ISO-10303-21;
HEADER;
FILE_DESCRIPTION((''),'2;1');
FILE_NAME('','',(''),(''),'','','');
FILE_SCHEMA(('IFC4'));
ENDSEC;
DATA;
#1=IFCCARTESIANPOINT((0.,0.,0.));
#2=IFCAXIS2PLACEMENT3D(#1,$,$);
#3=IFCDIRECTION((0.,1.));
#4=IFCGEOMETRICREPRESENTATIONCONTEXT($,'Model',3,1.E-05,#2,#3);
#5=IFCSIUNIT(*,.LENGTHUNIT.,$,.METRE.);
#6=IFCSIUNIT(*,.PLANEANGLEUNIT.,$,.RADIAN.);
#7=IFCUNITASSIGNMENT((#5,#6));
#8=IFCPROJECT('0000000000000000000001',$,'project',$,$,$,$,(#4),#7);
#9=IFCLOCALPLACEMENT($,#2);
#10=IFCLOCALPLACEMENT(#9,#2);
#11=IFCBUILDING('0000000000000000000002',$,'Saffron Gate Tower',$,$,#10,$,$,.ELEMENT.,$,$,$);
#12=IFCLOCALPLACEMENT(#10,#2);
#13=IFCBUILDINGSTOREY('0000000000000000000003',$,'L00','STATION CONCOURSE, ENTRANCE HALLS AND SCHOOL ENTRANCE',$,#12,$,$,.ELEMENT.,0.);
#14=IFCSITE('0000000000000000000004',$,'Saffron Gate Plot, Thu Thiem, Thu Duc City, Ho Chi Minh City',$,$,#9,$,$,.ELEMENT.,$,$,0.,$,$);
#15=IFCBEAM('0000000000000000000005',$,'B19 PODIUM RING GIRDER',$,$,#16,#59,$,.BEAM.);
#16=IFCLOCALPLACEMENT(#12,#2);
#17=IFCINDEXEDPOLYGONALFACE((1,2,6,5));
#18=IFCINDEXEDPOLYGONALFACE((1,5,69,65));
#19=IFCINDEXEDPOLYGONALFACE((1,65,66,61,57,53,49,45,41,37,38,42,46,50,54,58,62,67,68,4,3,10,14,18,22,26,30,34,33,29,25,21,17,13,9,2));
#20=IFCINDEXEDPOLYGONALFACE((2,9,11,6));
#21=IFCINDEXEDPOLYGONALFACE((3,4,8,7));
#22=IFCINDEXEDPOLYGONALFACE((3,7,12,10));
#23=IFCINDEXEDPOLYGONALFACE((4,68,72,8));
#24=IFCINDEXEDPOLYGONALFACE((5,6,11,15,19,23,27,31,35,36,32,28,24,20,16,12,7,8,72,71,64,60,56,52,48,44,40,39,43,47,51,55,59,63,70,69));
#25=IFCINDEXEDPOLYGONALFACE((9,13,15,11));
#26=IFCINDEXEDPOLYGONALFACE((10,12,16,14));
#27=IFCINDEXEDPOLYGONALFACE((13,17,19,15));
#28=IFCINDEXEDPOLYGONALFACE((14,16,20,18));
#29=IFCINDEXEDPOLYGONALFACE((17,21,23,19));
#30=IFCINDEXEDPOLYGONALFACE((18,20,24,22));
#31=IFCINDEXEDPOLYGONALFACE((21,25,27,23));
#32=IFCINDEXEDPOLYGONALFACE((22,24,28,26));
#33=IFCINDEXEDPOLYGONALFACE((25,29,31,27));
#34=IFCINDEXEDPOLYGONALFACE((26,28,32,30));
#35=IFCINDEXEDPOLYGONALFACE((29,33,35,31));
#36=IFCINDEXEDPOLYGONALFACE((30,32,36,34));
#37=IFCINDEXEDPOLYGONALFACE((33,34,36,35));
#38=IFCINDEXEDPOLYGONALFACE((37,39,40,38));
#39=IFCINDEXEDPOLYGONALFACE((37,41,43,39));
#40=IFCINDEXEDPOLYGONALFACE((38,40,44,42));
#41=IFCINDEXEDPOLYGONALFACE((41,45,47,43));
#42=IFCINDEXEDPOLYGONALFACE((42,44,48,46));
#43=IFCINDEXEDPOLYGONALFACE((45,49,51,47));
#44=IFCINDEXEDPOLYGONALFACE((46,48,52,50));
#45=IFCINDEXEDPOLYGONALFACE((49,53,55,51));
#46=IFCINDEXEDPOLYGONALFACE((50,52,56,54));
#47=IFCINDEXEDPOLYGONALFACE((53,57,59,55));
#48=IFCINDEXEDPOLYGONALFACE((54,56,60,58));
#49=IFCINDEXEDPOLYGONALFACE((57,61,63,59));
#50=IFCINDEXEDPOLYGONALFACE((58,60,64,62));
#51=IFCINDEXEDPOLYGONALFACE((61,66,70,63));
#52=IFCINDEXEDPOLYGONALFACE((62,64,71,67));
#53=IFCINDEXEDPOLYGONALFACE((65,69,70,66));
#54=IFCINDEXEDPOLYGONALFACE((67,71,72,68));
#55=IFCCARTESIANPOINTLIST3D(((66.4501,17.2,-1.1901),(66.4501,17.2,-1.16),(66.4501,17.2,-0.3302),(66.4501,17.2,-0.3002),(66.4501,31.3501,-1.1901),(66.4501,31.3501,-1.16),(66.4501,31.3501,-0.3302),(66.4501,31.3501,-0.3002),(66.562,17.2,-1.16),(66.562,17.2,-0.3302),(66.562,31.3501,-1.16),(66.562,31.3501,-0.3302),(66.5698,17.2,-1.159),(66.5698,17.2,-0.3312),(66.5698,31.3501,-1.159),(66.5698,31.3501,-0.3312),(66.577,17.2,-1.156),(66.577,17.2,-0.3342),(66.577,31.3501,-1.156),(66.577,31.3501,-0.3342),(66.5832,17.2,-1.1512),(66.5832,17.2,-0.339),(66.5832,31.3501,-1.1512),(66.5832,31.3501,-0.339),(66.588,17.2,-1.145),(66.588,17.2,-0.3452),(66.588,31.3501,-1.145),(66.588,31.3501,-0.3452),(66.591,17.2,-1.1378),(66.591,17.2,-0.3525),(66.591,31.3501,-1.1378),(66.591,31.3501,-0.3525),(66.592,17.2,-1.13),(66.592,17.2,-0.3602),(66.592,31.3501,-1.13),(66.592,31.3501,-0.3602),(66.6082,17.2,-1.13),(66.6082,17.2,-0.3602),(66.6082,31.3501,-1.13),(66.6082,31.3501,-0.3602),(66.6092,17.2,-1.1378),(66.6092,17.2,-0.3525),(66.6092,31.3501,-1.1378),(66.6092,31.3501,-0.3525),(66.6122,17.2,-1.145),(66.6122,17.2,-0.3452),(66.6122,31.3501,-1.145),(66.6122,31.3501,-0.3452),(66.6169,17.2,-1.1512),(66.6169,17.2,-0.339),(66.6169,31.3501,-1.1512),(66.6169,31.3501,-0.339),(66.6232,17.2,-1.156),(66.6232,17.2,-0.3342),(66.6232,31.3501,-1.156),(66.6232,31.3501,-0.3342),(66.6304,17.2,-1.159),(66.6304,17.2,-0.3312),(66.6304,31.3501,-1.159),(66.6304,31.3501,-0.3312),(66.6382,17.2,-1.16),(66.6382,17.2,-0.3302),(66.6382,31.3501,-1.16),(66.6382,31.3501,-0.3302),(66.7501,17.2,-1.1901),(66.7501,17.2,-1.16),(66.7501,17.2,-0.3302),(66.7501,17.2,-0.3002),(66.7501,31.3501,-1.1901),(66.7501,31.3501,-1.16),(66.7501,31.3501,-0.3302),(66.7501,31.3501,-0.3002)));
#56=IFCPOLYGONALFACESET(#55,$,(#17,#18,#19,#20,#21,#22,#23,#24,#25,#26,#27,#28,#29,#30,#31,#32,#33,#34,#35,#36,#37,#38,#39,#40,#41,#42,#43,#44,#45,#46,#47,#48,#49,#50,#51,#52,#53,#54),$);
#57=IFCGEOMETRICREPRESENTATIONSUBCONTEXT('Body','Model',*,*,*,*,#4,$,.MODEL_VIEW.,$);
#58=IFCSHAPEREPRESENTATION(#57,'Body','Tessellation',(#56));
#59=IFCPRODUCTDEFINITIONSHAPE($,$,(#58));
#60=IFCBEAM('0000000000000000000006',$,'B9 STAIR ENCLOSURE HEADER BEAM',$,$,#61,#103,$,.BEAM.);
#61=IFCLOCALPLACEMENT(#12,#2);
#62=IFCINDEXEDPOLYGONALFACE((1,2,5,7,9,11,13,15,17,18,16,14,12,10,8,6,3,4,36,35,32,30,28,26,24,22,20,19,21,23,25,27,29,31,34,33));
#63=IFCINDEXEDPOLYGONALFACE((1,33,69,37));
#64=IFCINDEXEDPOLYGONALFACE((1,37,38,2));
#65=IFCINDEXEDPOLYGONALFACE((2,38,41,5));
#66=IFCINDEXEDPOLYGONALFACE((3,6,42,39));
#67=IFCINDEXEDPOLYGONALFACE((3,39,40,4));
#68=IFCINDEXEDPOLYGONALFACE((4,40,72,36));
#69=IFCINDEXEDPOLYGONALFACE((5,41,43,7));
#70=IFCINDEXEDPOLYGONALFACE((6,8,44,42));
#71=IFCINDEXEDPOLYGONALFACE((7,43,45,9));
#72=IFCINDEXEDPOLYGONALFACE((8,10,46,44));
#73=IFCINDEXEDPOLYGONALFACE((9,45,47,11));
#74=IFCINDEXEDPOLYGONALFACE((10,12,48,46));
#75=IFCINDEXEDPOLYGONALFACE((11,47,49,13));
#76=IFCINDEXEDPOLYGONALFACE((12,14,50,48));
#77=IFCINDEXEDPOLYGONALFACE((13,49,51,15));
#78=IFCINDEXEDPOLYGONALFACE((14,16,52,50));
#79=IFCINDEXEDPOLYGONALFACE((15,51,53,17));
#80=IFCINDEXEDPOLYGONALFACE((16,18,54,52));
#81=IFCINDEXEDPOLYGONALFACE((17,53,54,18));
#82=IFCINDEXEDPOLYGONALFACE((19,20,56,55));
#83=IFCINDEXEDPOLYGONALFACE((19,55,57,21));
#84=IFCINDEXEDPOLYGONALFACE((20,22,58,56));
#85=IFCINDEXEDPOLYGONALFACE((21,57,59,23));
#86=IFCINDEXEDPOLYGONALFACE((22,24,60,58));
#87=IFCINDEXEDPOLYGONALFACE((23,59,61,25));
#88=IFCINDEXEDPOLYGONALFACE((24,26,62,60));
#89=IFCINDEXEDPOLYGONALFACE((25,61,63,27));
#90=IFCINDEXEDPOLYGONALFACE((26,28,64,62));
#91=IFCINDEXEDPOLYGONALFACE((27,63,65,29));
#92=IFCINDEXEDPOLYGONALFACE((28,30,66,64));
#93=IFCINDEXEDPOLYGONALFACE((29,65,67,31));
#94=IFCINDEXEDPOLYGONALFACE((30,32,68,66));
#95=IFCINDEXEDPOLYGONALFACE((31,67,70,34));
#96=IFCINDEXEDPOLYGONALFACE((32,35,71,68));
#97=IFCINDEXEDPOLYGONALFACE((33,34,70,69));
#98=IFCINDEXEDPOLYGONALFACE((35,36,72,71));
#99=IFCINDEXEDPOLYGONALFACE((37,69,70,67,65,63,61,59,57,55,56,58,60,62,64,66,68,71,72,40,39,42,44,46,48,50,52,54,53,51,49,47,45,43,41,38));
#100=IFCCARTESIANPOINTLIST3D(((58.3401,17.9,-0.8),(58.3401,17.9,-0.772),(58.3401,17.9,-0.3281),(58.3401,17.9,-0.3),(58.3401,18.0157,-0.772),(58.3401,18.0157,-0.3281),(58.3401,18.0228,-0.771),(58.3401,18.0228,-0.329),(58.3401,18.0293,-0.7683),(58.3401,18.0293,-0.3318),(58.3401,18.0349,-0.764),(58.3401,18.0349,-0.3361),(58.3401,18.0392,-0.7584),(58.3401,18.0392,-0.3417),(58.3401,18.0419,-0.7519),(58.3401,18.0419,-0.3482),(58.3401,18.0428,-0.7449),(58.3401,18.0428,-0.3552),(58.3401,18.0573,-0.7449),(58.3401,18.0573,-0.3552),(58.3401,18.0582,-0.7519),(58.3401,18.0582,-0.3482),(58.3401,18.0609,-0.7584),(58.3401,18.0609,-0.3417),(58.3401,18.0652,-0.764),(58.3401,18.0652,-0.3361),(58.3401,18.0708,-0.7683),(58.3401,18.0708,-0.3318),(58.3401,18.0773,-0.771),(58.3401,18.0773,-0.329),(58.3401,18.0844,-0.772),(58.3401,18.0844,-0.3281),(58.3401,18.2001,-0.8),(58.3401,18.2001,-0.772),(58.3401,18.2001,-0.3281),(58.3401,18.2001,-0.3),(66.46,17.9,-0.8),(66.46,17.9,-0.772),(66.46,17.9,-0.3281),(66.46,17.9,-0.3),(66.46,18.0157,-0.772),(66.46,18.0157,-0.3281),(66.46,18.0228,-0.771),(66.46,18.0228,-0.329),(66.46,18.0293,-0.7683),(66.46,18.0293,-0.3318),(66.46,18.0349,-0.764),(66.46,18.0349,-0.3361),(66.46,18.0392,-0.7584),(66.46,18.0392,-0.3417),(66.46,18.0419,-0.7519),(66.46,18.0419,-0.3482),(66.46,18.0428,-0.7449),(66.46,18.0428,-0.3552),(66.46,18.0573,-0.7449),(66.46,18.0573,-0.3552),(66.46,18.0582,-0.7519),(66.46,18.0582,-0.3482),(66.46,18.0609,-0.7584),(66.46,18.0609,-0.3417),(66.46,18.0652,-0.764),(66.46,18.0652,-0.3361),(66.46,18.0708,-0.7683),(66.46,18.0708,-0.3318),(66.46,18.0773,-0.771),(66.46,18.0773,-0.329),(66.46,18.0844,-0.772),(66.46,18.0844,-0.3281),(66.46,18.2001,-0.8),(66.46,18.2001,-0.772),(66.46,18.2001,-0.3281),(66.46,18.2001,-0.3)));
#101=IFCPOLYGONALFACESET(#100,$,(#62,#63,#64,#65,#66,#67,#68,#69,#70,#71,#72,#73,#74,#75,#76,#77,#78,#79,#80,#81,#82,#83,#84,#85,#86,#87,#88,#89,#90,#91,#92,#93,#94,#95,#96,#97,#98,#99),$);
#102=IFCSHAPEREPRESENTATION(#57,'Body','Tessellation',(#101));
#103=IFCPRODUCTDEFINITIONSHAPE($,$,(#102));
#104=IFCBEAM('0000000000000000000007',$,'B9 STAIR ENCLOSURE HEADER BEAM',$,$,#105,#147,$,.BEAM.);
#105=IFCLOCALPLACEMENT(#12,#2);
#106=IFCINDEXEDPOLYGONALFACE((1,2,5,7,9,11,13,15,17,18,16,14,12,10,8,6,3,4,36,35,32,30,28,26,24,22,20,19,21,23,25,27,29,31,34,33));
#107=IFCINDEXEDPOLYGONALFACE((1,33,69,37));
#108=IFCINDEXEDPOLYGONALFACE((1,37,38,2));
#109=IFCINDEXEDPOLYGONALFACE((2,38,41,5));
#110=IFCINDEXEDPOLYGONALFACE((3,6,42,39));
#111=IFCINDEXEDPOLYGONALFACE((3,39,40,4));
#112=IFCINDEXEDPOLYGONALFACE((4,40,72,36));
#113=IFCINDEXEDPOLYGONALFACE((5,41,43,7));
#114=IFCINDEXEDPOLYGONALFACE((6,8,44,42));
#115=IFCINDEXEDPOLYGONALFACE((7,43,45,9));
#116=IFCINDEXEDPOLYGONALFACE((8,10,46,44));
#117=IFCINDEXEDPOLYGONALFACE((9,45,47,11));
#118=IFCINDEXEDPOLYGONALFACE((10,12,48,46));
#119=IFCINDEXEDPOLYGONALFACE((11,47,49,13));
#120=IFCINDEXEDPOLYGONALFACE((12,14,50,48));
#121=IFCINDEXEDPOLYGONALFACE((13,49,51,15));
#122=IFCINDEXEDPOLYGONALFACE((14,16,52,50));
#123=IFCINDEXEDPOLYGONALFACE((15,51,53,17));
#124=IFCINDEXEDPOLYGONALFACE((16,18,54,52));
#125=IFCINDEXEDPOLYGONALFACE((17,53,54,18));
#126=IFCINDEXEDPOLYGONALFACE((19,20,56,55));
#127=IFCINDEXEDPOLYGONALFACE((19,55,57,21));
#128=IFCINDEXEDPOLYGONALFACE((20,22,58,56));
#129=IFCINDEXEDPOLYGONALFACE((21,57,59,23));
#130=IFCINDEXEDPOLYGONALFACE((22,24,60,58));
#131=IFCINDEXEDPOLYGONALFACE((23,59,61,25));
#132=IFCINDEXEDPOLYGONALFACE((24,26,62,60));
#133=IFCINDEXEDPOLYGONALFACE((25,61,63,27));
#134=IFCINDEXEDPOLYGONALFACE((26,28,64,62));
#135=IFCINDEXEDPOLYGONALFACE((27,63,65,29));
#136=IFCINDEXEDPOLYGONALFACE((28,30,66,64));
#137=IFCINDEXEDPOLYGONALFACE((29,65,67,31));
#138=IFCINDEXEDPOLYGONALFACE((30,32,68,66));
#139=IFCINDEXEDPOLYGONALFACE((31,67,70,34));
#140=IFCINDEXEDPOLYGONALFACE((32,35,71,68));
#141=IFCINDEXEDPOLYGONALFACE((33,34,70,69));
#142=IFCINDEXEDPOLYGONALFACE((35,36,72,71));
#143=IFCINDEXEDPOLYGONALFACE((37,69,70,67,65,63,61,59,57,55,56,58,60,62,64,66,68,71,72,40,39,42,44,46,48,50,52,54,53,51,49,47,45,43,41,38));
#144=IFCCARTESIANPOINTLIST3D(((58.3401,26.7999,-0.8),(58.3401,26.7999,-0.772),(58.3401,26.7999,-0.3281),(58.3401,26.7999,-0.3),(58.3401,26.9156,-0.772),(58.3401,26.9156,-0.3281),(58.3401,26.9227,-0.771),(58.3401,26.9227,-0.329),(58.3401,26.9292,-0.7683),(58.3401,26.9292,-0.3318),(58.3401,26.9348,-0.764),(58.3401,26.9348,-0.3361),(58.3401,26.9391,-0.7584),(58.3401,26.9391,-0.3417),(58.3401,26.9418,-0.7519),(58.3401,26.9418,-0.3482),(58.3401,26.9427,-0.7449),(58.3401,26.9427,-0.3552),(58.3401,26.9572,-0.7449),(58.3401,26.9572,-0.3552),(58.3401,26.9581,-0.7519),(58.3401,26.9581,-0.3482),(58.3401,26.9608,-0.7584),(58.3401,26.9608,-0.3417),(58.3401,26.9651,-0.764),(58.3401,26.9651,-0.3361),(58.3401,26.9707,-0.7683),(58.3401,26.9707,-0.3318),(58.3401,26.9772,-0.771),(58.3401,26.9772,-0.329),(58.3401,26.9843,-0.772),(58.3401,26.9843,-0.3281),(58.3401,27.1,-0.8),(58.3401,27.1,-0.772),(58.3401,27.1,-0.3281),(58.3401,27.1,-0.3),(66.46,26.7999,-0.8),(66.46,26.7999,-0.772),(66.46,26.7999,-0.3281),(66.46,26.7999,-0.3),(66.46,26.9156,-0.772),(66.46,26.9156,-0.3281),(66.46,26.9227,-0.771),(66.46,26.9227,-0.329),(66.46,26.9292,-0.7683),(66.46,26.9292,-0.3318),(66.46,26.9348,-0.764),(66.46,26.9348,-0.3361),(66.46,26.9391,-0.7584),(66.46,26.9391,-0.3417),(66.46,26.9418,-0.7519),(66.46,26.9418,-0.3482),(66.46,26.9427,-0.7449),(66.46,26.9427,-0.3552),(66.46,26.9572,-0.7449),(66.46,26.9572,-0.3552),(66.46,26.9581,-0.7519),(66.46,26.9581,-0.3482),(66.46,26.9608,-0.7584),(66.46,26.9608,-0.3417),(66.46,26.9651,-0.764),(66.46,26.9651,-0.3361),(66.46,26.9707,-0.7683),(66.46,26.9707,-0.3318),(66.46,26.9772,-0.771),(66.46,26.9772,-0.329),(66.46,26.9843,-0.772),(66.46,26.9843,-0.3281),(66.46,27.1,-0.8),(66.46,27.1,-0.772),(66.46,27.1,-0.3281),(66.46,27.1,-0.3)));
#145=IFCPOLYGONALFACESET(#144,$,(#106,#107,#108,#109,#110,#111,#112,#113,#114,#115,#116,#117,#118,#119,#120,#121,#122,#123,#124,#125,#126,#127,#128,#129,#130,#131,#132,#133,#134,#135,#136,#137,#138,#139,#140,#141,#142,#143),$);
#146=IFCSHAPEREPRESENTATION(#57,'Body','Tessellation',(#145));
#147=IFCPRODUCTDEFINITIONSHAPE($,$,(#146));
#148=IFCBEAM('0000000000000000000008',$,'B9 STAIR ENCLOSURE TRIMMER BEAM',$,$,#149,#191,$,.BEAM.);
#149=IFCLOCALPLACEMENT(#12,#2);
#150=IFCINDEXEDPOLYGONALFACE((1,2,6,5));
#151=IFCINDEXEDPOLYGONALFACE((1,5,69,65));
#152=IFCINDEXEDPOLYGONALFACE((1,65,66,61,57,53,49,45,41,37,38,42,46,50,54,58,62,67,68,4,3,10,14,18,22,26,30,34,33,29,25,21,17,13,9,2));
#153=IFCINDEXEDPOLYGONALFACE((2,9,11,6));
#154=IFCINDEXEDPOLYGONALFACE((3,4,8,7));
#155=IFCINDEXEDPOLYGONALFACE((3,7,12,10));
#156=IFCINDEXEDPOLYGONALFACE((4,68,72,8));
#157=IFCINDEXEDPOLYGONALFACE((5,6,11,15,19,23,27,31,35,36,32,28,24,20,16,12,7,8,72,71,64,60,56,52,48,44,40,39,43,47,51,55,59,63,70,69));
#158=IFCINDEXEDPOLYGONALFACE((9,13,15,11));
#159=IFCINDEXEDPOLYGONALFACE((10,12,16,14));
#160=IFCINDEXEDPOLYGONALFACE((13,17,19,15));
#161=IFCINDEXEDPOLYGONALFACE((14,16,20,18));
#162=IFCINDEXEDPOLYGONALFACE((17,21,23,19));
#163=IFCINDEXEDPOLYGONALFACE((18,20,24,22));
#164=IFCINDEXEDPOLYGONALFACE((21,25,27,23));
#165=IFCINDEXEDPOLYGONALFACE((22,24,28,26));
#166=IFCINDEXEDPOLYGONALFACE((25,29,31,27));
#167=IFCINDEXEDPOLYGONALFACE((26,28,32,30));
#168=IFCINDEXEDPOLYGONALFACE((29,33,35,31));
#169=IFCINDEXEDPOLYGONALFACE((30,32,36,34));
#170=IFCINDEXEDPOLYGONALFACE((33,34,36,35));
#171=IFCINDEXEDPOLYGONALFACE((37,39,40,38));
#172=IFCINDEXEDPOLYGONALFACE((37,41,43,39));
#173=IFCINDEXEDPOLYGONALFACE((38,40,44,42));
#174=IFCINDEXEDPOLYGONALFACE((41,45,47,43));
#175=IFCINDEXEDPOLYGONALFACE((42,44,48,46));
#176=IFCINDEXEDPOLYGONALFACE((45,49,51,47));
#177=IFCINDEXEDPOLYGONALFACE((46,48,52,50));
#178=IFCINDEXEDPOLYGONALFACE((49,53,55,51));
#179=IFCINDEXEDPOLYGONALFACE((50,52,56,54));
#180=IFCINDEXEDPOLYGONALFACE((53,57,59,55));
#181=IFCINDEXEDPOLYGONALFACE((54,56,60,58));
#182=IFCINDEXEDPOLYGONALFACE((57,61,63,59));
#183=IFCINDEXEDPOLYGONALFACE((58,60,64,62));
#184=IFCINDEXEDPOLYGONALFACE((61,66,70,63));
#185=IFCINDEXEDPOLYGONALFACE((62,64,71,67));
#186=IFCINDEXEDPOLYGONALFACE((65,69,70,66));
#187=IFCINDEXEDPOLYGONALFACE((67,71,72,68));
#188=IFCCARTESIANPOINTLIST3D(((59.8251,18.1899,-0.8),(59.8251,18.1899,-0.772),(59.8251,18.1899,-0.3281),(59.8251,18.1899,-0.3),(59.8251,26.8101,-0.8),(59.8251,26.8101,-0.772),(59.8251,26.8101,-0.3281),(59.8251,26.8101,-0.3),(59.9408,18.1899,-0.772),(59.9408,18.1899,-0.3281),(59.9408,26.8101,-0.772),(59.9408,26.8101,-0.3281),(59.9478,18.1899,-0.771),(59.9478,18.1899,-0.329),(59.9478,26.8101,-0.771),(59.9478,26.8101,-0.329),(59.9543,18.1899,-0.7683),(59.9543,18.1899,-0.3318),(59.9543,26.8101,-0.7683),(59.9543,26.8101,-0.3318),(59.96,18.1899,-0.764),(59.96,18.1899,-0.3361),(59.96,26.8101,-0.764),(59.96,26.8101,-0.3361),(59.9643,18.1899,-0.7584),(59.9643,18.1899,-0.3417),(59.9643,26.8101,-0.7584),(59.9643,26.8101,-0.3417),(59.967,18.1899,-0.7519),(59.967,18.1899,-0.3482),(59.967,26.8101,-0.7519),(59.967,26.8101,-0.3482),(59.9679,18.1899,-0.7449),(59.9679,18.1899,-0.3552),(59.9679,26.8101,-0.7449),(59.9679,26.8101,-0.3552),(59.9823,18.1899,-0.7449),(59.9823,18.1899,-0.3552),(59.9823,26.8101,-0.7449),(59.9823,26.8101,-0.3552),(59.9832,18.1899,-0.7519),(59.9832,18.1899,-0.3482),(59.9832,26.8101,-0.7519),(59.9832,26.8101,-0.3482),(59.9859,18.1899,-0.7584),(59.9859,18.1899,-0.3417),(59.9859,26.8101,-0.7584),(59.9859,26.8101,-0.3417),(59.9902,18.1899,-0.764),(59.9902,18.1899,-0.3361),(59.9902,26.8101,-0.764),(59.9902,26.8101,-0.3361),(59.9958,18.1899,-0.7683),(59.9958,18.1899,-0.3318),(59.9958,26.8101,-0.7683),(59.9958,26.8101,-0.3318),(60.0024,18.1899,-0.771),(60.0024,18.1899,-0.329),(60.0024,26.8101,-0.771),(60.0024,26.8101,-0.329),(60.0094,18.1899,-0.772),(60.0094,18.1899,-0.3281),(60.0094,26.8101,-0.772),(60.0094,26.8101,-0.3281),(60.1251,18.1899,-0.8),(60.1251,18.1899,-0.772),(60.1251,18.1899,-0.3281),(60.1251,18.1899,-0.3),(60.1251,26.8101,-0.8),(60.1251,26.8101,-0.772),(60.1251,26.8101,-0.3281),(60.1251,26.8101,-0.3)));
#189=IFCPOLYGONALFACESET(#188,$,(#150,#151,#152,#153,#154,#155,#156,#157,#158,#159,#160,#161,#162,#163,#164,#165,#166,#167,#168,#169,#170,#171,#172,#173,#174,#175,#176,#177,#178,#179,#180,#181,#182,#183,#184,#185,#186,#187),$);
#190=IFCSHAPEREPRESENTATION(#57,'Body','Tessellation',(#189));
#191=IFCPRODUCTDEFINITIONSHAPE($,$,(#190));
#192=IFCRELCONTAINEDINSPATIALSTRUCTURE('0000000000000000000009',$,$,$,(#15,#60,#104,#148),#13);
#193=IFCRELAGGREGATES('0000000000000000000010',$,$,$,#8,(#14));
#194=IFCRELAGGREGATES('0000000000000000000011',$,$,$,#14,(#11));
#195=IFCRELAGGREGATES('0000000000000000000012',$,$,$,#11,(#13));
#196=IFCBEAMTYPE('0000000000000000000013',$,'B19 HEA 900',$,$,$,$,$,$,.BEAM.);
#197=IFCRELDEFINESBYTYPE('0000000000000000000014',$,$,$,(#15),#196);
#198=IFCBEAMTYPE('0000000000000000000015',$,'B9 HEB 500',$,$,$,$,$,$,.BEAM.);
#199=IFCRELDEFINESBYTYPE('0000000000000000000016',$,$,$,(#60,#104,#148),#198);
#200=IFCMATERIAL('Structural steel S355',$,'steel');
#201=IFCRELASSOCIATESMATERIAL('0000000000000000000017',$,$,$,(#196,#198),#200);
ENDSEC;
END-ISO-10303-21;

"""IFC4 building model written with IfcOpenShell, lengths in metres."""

from ifc_helpers import new_model, si_unit, direction, frame, origin, origin_2d, place, context, subcontext, project, spatial, i_section, extrude, material, material_profile, profile_set, type_object, element, save


model = new_model("IFC4")

# Units and contexts
model_context = context("Model", 3, precision=1e-05, world=origin(), true_north=direction((0.0, 1.0)))
body_context = subcontext(model_context, "Body", "Model", "MODEL_VIEW")
ifc_project = project(units=[si_unit("LENGTHUNIT", "METRE"), si_unit("PLANEANGLEUNIT", "RADIAN")], contexts=[model_context])

# Site, building, storey
site_placement = place(None, origin())
site = spatial("IfcSite", under=ifc_project, at=site_placement, Name="Saffron Gate Plot, Thu Thiem, Thu Duc City, Ho Chi Minh City", CompositionType="ELEMENT", RefElevation=0.0)
building_placement = place(site_placement, origin())
building = spatial("IfcBuilding", under=site, at=building_placement, Name="Saffron Gate Tower", CompositionType="ELEMENT")
storey_placement = place(building_placement, origin())
storey = spatial("IfcBuildingStorey", under=building, at=storey_placement, Name="L00", Description="STATION CONCOURSE, ENTRANCE HALLS AND SCHOOL ENTRANCE", CompositionType="ELEMENT", Elevation=0.0)

# Beams
ifc_material_1 = material(Name="Structural steel S355", Category="steel")
ifc_material_profile_1 = material_profile(ifc_material_1, i_section(OverallWidth=0.3, OverallDepth=0.8899, WebThickness=0.0161, FlangeThickness=0.03, FilletRadius=0.03, at=origin_2d()))
ifc_profile_set_1 = profile_set([ifc_material_profile_1], Name="Structural steel S355")
beam_type_1 = type_object("IfcBeamType", Name="B19 HEA 900", PredefinedType="BEAM", material=ifc_profile_set_1)
beam_1_placement = place(storey_placement, frame((66.6001, 17.2, -0.7451), z_axis=(0.0, 1.0, 0.0), x_axis=(-1.0, 0.0, 0.0)))
element("IfcBeam", 1, at=beam_1_placement, inside=storey, type_object=beam_type_1, Name="B19 PODIUM RING GIRDER", PredefinedType="BEAM", context=body_context, shape_type="SweptSolid", body=[
    extrude(i_section(OverallWidth=0.3, OverallDepth=0.8899, WebThickness=0.0161, FlangeThickness=0.03, FilletRadius=0.03, at=origin_2d()), origin(), (0.0, 0.0, 1.0), 14.1501),
])
ifc_material_profile_2 = material_profile(ifc_material_1, i_section(OverallWidth=0.3, OverallDepth=0.5, WebThickness=0.0144, FlangeThickness=0.0281, FilletRadius=0.0271, at=origin_2d()))
ifc_profile_set_2 = profile_set([ifc_material_profile_2], Name="Structural steel S355")
beam_type_2 = type_object("IfcBeamType", Name="B9 HEB 500", PredefinedType="BEAM", material=ifc_profile_set_2)
for number, where, z_axis, x_axis, name in (
    (2, (58.3401, 18.05, -0.55), (1.0, 0.0, 0.0), (0.0, 1.0, 0.0), "B9 STAIR ENCLOSURE HEADER BEAM"),
    (3, (58.3401, 26.95, -0.55), (1.0, 0.0, 0.0), (0.0, 1.0, 0.0), "B9 STAIR ENCLOSURE HEADER BEAM"),
):
    element("IfcBeam", number, at=place(storey_placement, frame(where, z_axis=z_axis, x_axis=x_axis)), inside=storey, type_object=beam_type_2, Name=name, PredefinedType="BEAM", context=body_context, shape_type="SweptSolid", body=[
        extrude(i_section(OverallWidth=0.3, OverallDepth=0.5, WebThickness=0.0144, FlangeThickness=0.0281, FilletRadius=0.0271, at=origin_2d()), origin(), (0.0, 0.0, 1.0), 8.1199),
    ])
for number, where, z_axis, x_axis, name in (
    (4, (59.9751, 18.1899, -0.55), (0.0, 1.0, 0.0), (-1.0, 0.0, 0.0), "B9 STAIR ENCLOSURE TRIMMER BEAM"),
):
    element("IfcBeam", number, at=place(storey_placement, frame(where, z_axis=z_axis, x_axis=x_axis)), inside=storey, type_object=beam_type_2, Name=name, PredefinedType="BEAM", context=body_context, shape_type="SweptSolid", body=[
        extrude(i_section(OverallWidth=0.3, OverallDepth=0.5, WebThickness=0.0144, FlangeThickness=0.0281, FilletRadius=0.0271, at=origin_2d()), origin(), (0.0, 0.0, 1.0), 8.6201),
    ])

save(model, "model.ifc")
